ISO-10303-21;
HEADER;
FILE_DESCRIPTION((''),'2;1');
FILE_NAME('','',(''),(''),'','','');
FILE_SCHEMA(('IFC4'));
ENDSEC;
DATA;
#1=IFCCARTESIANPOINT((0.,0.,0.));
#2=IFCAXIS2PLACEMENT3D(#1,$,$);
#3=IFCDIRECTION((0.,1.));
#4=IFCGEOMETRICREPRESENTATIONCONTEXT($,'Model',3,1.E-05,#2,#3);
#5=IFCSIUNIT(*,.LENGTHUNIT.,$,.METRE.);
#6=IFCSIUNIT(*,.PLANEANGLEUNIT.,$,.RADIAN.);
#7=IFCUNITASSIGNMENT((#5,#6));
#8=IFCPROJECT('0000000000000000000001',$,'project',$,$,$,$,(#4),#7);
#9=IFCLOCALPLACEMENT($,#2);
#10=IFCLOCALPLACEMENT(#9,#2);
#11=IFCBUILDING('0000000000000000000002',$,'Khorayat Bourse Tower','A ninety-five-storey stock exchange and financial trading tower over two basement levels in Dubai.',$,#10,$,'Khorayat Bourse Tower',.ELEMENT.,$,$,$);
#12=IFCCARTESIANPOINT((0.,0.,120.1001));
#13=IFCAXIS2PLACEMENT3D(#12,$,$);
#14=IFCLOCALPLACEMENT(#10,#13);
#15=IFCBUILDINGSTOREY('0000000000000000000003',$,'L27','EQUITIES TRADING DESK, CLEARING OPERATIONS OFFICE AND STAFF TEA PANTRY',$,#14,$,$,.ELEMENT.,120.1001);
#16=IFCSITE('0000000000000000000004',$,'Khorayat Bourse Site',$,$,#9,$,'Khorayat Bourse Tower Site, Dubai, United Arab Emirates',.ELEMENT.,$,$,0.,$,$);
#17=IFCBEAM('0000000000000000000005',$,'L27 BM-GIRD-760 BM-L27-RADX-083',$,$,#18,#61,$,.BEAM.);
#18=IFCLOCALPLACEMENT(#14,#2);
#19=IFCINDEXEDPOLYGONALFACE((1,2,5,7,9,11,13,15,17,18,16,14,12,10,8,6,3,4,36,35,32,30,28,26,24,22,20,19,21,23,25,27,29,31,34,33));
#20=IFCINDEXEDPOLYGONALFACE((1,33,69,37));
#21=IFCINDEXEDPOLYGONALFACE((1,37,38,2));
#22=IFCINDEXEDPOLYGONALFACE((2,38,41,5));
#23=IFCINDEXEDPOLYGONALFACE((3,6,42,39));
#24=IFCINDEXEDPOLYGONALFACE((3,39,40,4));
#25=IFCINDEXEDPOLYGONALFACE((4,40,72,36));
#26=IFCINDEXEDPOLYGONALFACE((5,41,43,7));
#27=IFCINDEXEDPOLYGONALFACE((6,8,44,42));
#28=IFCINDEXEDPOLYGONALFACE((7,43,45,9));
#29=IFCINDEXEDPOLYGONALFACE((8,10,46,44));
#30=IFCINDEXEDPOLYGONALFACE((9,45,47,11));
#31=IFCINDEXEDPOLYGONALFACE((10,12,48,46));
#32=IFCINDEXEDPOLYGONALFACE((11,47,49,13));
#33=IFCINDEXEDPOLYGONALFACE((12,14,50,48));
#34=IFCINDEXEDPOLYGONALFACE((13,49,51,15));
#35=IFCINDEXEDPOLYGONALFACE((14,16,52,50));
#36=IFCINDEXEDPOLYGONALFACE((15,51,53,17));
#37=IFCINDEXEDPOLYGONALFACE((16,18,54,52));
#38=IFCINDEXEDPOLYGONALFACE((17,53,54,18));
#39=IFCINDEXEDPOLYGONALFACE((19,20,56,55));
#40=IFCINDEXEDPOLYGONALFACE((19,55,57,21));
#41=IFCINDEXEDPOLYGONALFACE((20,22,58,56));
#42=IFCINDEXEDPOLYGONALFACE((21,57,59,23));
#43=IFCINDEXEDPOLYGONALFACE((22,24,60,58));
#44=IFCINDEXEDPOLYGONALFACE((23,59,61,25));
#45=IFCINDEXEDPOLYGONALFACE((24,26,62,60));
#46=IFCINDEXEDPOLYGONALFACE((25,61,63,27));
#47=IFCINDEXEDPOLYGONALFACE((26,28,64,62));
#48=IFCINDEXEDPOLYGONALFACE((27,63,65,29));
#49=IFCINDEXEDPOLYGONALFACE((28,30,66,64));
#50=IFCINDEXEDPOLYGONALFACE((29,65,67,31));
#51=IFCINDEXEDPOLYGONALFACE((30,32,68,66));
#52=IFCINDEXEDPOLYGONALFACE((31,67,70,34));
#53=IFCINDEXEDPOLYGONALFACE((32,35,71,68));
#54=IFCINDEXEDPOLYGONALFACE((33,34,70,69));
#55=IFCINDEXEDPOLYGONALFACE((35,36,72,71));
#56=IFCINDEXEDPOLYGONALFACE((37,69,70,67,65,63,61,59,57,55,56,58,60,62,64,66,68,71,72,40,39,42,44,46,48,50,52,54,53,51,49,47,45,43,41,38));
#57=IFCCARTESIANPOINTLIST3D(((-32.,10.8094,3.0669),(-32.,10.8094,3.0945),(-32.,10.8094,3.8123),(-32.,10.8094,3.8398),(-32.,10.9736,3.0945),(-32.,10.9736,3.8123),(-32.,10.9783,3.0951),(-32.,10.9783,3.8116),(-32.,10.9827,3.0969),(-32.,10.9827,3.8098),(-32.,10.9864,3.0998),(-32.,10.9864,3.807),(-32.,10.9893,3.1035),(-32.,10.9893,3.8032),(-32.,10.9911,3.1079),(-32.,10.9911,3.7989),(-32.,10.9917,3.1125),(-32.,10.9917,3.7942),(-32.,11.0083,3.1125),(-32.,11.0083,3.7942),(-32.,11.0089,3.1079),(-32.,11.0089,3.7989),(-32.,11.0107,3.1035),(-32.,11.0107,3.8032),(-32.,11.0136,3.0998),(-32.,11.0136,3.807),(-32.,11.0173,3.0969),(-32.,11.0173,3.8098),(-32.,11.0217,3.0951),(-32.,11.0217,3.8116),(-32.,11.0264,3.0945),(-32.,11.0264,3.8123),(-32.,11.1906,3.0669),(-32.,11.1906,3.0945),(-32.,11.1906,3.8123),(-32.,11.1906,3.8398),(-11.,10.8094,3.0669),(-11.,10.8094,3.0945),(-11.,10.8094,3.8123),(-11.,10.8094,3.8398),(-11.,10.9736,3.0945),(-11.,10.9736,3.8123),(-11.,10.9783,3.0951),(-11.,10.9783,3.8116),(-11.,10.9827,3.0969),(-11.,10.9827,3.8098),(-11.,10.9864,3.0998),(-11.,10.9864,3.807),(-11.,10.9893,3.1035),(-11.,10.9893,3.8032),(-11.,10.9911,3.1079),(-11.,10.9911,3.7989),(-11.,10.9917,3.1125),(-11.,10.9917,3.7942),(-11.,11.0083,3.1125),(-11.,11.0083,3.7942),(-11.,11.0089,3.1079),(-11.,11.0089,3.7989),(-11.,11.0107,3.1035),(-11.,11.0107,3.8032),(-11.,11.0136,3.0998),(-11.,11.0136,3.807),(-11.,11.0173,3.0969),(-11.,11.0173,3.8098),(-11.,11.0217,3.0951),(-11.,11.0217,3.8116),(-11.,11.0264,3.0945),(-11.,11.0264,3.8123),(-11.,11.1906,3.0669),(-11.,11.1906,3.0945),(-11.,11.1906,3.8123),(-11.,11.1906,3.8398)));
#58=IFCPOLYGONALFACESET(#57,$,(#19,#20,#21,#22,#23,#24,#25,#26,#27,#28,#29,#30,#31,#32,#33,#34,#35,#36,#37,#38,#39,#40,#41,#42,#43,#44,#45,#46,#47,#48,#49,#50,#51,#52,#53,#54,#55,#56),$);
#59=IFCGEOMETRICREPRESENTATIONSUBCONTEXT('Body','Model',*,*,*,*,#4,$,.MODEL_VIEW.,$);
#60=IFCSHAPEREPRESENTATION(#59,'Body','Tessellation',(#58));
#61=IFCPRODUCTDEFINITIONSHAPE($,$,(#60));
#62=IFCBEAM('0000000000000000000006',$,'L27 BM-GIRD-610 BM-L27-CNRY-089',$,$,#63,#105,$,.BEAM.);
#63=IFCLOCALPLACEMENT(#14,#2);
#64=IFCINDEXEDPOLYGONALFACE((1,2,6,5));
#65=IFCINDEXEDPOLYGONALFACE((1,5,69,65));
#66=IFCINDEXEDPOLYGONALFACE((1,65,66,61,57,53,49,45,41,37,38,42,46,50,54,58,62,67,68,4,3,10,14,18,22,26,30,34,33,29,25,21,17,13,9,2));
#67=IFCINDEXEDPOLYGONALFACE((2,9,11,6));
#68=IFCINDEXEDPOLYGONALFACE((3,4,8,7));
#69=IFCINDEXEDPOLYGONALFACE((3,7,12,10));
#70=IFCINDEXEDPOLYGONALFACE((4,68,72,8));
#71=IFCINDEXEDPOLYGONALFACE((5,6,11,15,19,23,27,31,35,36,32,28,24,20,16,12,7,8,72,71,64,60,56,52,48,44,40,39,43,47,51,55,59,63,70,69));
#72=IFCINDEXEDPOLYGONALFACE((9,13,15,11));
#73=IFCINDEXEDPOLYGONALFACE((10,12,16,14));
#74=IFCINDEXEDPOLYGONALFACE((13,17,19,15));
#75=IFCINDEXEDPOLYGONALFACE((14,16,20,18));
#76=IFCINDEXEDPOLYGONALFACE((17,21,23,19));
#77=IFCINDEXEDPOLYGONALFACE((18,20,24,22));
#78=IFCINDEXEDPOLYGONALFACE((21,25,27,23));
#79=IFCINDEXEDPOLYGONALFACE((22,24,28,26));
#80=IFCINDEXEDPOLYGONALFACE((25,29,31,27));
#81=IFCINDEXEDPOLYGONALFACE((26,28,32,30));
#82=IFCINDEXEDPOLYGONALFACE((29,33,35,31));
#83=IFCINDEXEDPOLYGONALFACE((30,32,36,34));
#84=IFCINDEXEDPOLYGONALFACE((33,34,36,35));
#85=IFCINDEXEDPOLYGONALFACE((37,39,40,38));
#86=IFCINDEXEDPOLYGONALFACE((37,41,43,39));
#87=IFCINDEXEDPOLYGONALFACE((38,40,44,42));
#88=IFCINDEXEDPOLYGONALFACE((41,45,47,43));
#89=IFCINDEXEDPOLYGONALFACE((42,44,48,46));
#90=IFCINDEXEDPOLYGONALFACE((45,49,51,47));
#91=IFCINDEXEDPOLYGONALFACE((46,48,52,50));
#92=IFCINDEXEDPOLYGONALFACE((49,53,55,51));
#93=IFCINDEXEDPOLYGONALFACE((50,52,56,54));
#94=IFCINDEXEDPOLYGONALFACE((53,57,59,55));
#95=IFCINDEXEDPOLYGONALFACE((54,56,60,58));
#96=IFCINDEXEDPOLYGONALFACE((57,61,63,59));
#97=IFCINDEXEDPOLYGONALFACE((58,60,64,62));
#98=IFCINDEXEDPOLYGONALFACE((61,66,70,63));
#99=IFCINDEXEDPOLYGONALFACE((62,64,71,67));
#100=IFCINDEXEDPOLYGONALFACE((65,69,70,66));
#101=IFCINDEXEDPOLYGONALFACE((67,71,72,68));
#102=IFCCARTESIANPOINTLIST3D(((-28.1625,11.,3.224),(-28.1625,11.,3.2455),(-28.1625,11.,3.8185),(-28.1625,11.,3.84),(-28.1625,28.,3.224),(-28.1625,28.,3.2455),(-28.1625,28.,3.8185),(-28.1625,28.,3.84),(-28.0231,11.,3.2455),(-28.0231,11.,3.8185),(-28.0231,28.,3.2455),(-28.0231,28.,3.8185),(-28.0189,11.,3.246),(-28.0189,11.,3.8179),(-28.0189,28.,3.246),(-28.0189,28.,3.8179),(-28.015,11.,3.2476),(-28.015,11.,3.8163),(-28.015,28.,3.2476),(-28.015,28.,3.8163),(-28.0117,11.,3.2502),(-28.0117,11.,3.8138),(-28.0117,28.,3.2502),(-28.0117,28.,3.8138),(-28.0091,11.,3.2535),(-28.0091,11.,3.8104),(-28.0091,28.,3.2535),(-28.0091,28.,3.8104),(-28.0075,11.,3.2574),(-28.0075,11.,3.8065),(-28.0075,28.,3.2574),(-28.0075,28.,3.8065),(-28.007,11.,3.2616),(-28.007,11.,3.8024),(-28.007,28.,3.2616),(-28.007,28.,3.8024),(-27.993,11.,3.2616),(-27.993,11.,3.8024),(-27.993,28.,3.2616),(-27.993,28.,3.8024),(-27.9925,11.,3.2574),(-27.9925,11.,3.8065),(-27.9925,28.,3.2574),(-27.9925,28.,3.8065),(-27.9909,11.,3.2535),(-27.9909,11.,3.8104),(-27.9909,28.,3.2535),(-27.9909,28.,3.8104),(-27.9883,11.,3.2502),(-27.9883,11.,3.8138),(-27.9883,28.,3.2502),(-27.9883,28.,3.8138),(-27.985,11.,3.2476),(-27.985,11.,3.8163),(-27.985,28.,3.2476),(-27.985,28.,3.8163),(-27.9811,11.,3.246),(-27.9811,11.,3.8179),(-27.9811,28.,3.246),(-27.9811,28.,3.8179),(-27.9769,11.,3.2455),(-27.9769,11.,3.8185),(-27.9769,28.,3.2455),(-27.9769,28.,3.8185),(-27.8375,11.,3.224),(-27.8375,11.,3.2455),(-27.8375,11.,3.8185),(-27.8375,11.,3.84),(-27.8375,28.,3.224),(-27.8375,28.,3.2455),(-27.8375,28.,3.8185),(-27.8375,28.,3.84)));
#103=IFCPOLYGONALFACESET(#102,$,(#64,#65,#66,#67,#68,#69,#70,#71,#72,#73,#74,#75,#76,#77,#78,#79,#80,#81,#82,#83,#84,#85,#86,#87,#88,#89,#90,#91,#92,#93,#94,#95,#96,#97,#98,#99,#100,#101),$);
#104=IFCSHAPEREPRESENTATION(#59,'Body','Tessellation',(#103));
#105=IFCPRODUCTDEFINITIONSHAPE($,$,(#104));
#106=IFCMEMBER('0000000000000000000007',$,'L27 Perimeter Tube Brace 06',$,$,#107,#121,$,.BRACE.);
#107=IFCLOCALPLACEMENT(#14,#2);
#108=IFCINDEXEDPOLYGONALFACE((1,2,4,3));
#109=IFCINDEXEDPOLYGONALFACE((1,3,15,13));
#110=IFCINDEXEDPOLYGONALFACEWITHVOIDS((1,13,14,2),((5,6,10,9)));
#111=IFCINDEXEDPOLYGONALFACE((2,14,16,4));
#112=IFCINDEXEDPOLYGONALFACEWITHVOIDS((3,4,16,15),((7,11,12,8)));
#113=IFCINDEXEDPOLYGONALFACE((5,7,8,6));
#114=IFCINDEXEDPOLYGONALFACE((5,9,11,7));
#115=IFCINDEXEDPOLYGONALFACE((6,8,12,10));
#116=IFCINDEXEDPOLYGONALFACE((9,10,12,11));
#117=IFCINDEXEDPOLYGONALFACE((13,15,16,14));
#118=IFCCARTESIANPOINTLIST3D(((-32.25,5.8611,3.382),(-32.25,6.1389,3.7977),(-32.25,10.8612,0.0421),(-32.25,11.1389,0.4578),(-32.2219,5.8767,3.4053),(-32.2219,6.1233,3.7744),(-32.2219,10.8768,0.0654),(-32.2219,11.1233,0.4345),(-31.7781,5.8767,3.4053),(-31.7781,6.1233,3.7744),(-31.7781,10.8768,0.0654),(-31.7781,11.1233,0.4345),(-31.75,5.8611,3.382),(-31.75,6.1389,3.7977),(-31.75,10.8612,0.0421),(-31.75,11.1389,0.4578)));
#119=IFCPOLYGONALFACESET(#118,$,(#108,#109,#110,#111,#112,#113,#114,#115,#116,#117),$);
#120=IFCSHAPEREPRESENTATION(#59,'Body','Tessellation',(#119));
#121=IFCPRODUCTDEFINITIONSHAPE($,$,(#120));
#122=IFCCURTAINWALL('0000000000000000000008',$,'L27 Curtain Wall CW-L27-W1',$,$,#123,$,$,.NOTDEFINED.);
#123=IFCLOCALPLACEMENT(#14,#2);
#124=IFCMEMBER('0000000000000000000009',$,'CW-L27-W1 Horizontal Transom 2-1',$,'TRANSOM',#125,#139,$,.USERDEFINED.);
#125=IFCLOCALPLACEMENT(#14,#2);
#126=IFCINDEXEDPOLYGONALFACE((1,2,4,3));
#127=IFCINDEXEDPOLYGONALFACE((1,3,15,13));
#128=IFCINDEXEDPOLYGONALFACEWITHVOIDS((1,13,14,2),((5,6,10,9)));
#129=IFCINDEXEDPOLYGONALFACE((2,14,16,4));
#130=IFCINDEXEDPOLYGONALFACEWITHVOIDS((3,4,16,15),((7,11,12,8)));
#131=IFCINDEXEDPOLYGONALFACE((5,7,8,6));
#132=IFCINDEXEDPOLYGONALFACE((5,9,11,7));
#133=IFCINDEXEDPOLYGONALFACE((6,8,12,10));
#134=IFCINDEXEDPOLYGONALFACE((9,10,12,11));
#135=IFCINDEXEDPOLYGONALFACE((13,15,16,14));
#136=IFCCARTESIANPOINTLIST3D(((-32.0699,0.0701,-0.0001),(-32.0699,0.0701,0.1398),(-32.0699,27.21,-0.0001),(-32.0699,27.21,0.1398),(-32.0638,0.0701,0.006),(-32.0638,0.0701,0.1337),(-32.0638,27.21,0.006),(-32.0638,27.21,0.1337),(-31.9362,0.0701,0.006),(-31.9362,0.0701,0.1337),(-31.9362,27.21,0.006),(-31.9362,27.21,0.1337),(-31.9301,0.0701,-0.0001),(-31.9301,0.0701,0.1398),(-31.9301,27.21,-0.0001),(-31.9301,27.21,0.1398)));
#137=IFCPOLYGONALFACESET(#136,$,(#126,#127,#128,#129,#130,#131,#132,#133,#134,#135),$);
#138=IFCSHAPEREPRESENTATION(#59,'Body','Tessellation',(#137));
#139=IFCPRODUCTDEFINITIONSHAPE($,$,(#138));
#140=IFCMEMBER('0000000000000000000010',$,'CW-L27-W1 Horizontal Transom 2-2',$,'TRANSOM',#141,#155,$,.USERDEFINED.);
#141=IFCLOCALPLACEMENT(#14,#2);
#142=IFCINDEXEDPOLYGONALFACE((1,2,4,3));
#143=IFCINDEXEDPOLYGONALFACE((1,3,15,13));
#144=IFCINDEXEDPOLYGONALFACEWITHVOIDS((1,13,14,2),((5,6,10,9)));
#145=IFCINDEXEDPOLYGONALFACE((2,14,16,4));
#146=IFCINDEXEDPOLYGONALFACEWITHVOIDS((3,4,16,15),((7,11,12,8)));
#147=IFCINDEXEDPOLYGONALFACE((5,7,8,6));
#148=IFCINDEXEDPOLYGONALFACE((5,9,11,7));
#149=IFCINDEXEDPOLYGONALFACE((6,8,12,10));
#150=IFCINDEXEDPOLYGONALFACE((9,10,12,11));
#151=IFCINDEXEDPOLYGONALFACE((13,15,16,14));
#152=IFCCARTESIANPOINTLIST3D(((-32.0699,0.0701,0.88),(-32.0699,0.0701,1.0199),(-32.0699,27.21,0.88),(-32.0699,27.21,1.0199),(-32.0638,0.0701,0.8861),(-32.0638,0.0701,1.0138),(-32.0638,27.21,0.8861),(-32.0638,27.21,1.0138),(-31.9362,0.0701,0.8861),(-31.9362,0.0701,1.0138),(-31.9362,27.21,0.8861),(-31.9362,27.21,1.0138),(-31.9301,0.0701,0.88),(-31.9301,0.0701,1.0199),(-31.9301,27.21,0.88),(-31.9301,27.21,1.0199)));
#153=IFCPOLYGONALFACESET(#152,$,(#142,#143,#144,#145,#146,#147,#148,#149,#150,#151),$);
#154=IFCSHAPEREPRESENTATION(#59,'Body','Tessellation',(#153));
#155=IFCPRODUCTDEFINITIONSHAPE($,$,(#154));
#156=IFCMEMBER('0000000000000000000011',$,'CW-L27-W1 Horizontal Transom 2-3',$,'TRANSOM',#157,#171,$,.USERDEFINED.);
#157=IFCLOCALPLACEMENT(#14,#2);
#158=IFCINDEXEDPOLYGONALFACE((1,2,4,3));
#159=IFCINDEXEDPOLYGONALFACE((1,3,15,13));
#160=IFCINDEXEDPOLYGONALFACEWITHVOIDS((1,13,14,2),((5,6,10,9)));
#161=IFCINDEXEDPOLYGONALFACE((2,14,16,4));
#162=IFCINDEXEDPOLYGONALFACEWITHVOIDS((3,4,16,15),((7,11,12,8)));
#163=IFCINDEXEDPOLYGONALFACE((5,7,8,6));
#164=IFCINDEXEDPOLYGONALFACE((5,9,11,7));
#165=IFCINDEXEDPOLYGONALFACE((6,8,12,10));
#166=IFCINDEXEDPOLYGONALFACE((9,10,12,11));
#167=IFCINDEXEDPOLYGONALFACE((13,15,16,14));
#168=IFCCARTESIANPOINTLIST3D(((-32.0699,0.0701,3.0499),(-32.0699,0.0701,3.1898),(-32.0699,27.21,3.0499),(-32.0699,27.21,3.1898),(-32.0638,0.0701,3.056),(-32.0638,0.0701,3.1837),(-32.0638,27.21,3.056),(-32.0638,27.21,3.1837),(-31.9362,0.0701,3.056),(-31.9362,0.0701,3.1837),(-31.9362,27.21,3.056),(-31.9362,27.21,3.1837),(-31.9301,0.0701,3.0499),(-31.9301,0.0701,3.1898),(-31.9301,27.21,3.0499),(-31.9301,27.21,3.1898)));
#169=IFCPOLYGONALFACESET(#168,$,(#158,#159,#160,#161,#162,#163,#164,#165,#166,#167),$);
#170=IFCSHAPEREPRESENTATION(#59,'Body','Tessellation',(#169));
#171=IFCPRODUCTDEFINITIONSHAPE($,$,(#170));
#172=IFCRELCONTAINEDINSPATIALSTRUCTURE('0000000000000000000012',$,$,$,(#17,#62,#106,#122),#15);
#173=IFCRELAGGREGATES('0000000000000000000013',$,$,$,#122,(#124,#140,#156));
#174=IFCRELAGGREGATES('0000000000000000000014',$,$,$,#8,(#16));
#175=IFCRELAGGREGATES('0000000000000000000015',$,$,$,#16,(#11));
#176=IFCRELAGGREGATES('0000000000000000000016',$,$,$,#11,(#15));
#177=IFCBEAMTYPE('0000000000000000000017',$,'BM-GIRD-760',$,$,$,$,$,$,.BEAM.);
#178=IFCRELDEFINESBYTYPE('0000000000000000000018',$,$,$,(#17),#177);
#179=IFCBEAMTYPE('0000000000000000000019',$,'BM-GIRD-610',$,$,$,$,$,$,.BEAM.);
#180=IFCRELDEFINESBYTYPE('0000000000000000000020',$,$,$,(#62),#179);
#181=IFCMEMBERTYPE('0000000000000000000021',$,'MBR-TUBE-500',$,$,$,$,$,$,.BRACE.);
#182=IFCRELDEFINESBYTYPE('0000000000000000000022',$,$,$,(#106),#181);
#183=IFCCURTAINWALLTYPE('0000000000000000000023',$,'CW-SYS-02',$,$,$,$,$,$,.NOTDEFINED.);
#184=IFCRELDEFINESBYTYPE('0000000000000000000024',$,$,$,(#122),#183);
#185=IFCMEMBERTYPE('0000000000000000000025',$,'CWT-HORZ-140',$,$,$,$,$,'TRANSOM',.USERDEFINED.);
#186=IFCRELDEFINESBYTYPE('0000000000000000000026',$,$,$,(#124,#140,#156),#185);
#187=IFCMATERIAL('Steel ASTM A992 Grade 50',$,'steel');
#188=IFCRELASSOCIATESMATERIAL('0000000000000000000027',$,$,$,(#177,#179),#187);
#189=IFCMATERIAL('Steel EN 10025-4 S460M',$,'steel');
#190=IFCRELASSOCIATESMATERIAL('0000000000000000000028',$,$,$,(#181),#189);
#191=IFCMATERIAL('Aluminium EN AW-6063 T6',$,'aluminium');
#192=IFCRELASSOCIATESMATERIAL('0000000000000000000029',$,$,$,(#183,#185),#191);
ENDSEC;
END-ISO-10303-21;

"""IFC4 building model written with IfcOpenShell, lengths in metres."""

from ifc_helpers import new_model, si_unit, direction, frame, origin, origin_2d, place, context, subcontext, project, spatial, hollow_rectangle, i_section, extrude, source, transform, mapped, material, material_profile, profile_set, type_object, element, aggregate, save


model = new_model("IFC4")

# Units and contexts
model_context = context("Model", 3, precision=1e-05, world=origin(), true_north=direction((0.0, 1.0)))
body_context = subcontext(model_context, "Body", "Model", "MODEL_VIEW")
ifc_project = project(units=[si_unit("LENGTHUNIT", "METRE"), si_unit("PLANEANGLEUNIT", "RADIAN")], contexts=[model_context])

# Site, building, storey
site_placement = place(None, origin())
site = spatial("IfcSite", under=ifc_project, at=site_placement, Name="Khorayat Bourse Site", LongName="Khorayat Bourse Tower Site, Dubai, United Arab Emirates", CompositionType="ELEMENT", RefElevation=0.0)
building_placement = place(site_placement, origin())
building = spatial("IfcBuilding", under=site, at=building_placement, Name="Khorayat Bourse Tower", Description="A ninety-five-storey stock exchange and financial trading tower over two basement levels in Dubai.", LongName="Khorayat Bourse Tower", CompositionType="ELEMENT")
storey_placement = place(building_placement, frame((0.0, 0.0, 120.1001)))
storey = spatial("IfcBuildingStorey", under=building, at=storey_placement, Name="L27", Description="EQUITIES TRADING DESK, CLEARING OPERATIONS OFFICE AND STAFF TEA PANTRY", CompositionType="ELEMENT", Elevation=120.1001)

# Shared definitions
ifc_material_1 = material(Name="Steel EN 10025-4 S460M", Category="steel")

# Beams
ifc_material_2 = material(Name="Steel ASTM A992 Grade 50", Category="steel")
ifc_material_profile_1 = material_profile(ifc_material_2, i_section(OverallWidth=0.3811, OverallDepth=0.7729, WebThickness=0.0166, FlangeThickness=0.0276, FilletRadius=0.0181, at=origin_2d()), Name="W760X257")
ifc_profile_set_1 = profile_set([ifc_material_profile_1], Name="Steel ASTM A992 Grade 50")
beam_type_1 = type_object("IfcBeamType", Name="BM-GIRD-760", PredefinedType="BEAM", material=ifc_profile_set_1)
shared_shape_1 = source(origin(), body_context, "Body", "SweptSolid", [
    extrude(i_section(OverallWidth=0.3811, OverallDepth=0.7729, WebThickness=0.0166, FlangeThickness=0.0276, FilletRadius=0.0181, at=origin_2d()), origin(), (0.0, 0.0, 1.0), 21.0),
])
for number, where, z_axis, x_axis, name in (
    (1, (-32.0, 11.0, 3.4534), (1.0, 0.0, 0.0), (0.0, 1.0, 0.0), "L27 BM-GIRD-760 BM-L27-RADX-083"),
):
    element("IfcBeam", number, at=place(storey_placement, frame(where, z_axis=z_axis, x_axis=x_axis)), inside=storey, type_object=beam_type_1, Name=name, PredefinedType="BEAM", context=body_context, shape_type="MappedRepresentation", body=[
        mapped(shared_shape_1, transform((0.0, 0.0, 0.0), scale=1.0)),
    ])
ifc_material_profile_2 = material_profile(ifc_material_2, i_section(OverallWidth=0.325, OverallDepth=0.616, WebThickness=0.0139, FlangeThickness=0.0215, FilletRadius=0.0161, at=origin_2d()), Name="W610X174")
ifc_profile_set_2 = profile_set([ifc_material_profile_2], Name="Steel ASTM A992 Grade 50")
beam_type_2 = type_object("IfcBeamType", Name="BM-GIRD-610", PredefinedType="BEAM", material=ifc_profile_set_2)
shared_shape_2 = source(origin(), body_context, "Body", "SweptSolid", [
    extrude(i_section(OverallWidth=0.325, OverallDepth=0.616, WebThickness=0.0139, FlangeThickness=0.0215, FilletRadius=0.0161, at=origin_2d()), origin(), (0.0, 0.0, 1.0), 17.0),
])
beam_1_placement = place(storey_placement, frame((-28.0, 11.0, 3.532), z_axis=(0.0, 1.0, 0.0), x_axis=(-1.0, 0.0, 0.0)))
element("IfcBeam", 2, at=beam_1_placement, inside=storey, type_object=beam_type_2, Name="L27 BM-GIRD-610 BM-L27-CNRY-089", PredefinedType="BEAM", context=body_context, shape_type="MappedRepresentation", body=[
    mapped(shared_shape_2, transform((0.0, 0.0, 0.0), scale=1.0)),
])

# Member
ifc_material_profile_3 = material_profile(ifc_material_1, hollow_rectangle(XDim=0.5, YDim=0.5, WallThickness=0.0281, at=origin_2d()), Name="HSS 500x500x28")
ifc_profile_set_3 = profile_set([ifc_material_profile_3], Name="Steel EN 10025-4 S460M")
member_type_1 = type_object("IfcMemberType", Name="MBR-TUBE-500", PredefinedType="BRACE", material=ifc_profile_set_3)
shared_shape_3 = source(origin(), body_context, "Body", "SweptSolid", [
    extrude(hollow_rectangle(XDim=0.5, YDim=0.5, WallThickness=0.0281, at=origin_2d()), origin(), (0.0, 0.0, 1.0), 6.0129),
])
member_1_placement = place(storey_placement, frame((-32.0, 6.0, 3.5898), z_axis=(0.0, 0.83155, -0.55545), x_axis=(-1.0, 0.0, 0.0)))
element("IfcMember", 3, at=member_1_placement, inside=storey, type_object=member_type_1, Name="L27 Perimeter Tube Brace 06", PredefinedType="BRACE", context=body_context, shape_type="MappedRepresentation", body=[
    mapped(shared_shape_3, transform((0.0, 0.0, 0.0), scale=1.0)),
])

# Curtain wall, members
ifc_material_3 = material(Name="Aluminium EN AW-6063 T6", Category="aluminium")
curtain_wall_type = type_object("IfcCurtainWallType", Name="CW-SYS-02", PredefinedType="NOTDEFINED", material=ifc_material_3)
curtain_wall_placement = place(storey_placement, origin())
curtain_wall = element("IfcCurtainWall", 4, at=curtain_wall_placement, inside=storey, type_object=curtain_wall_type, Name="L27 Curtain Wall CW-L27-W1", PredefinedType="NOTDEFINED")
ifc_material_profile_4 = material_profile(ifc_material_3, hollow_rectangle(XDim=0.1399, YDim=0.1399, WallThickness=0.0061, at=origin_2d()), Name="ALU 140x140x6")
ifc_profile_set_4 = profile_set([ifc_material_profile_4], Name="Aluminium EN AW-6063 T6")
member_type_2 = type_object("IfcMemberType", Name="CWT-HORZ-140", ElementType="TRANSOM", PredefinedType="USERDEFINED", material=ifc_profile_set_4)
shared_shape_4 = source(origin(), body_context, "Body", "SweptSolid", [
    extrude(hollow_rectangle(XDim=0.1399, YDim=0.1399, WallThickness=0.0061, at=origin_2d()), origin(), (0.0, 0.0, 1.0), 27.1399),
])
member_2_placement = place(storey_placement, frame((-32.0, 0.0701, 0.0698), z_axis=(0.0, 1.0, 0.0), x_axis=(-1.0, 0.0, 0.0)))
member_2 = element("IfcMember", 5, at=member_2_placement, type_object=member_type_2, Name="CW-L27-W1 Horizontal Transom 2-1", ObjectType="TRANSOM", PredefinedType="USERDEFINED", context=body_context, shape_type="MappedRepresentation", body=[
    mapped(shared_shape_4, transform((0.0, 0.0, 0.0), scale=1.0)),
])
member_3_placement = place(storey_placement, frame((-32.0, 0.0701, 0.95), z_axis=(0.0, 1.0, 0.0), x_axis=(-1.0, 0.0, 0.0)))
member_3 = element("IfcMember", 6, at=member_3_placement, type_object=member_type_2, Name="CW-L27-W1 Horizontal Transom 2-2", ObjectType="TRANSOM", PredefinedType="USERDEFINED", context=body_context, shape_type="MappedRepresentation", body=[
    mapped(shared_shape_4, transform((0.0, 0.0, 0.0), scale=1.0)),
])
member_4_placement = place(storey_placement, frame((-32.0, 0.0701, 3.1199), z_axis=(0.0, 1.0, 0.0), x_axis=(-1.0, 0.0, 0.0)))
member_4 = element("IfcMember", 7, at=member_4_placement, type_object=member_type_2, Name="CW-L27-W1 Horizontal Transom 2-3", ObjectType="TRANSOM", PredefinedType="USERDEFINED", context=body_context, shape_type="MappedRepresentation", body=[
    mapped(shared_shape_4, transform((0.0, 0.0, 0.0), scale=1.0)),
])
aggregate(curtain_wall, [member_2, member_3, member_4])

save(model, "model.ifc")
